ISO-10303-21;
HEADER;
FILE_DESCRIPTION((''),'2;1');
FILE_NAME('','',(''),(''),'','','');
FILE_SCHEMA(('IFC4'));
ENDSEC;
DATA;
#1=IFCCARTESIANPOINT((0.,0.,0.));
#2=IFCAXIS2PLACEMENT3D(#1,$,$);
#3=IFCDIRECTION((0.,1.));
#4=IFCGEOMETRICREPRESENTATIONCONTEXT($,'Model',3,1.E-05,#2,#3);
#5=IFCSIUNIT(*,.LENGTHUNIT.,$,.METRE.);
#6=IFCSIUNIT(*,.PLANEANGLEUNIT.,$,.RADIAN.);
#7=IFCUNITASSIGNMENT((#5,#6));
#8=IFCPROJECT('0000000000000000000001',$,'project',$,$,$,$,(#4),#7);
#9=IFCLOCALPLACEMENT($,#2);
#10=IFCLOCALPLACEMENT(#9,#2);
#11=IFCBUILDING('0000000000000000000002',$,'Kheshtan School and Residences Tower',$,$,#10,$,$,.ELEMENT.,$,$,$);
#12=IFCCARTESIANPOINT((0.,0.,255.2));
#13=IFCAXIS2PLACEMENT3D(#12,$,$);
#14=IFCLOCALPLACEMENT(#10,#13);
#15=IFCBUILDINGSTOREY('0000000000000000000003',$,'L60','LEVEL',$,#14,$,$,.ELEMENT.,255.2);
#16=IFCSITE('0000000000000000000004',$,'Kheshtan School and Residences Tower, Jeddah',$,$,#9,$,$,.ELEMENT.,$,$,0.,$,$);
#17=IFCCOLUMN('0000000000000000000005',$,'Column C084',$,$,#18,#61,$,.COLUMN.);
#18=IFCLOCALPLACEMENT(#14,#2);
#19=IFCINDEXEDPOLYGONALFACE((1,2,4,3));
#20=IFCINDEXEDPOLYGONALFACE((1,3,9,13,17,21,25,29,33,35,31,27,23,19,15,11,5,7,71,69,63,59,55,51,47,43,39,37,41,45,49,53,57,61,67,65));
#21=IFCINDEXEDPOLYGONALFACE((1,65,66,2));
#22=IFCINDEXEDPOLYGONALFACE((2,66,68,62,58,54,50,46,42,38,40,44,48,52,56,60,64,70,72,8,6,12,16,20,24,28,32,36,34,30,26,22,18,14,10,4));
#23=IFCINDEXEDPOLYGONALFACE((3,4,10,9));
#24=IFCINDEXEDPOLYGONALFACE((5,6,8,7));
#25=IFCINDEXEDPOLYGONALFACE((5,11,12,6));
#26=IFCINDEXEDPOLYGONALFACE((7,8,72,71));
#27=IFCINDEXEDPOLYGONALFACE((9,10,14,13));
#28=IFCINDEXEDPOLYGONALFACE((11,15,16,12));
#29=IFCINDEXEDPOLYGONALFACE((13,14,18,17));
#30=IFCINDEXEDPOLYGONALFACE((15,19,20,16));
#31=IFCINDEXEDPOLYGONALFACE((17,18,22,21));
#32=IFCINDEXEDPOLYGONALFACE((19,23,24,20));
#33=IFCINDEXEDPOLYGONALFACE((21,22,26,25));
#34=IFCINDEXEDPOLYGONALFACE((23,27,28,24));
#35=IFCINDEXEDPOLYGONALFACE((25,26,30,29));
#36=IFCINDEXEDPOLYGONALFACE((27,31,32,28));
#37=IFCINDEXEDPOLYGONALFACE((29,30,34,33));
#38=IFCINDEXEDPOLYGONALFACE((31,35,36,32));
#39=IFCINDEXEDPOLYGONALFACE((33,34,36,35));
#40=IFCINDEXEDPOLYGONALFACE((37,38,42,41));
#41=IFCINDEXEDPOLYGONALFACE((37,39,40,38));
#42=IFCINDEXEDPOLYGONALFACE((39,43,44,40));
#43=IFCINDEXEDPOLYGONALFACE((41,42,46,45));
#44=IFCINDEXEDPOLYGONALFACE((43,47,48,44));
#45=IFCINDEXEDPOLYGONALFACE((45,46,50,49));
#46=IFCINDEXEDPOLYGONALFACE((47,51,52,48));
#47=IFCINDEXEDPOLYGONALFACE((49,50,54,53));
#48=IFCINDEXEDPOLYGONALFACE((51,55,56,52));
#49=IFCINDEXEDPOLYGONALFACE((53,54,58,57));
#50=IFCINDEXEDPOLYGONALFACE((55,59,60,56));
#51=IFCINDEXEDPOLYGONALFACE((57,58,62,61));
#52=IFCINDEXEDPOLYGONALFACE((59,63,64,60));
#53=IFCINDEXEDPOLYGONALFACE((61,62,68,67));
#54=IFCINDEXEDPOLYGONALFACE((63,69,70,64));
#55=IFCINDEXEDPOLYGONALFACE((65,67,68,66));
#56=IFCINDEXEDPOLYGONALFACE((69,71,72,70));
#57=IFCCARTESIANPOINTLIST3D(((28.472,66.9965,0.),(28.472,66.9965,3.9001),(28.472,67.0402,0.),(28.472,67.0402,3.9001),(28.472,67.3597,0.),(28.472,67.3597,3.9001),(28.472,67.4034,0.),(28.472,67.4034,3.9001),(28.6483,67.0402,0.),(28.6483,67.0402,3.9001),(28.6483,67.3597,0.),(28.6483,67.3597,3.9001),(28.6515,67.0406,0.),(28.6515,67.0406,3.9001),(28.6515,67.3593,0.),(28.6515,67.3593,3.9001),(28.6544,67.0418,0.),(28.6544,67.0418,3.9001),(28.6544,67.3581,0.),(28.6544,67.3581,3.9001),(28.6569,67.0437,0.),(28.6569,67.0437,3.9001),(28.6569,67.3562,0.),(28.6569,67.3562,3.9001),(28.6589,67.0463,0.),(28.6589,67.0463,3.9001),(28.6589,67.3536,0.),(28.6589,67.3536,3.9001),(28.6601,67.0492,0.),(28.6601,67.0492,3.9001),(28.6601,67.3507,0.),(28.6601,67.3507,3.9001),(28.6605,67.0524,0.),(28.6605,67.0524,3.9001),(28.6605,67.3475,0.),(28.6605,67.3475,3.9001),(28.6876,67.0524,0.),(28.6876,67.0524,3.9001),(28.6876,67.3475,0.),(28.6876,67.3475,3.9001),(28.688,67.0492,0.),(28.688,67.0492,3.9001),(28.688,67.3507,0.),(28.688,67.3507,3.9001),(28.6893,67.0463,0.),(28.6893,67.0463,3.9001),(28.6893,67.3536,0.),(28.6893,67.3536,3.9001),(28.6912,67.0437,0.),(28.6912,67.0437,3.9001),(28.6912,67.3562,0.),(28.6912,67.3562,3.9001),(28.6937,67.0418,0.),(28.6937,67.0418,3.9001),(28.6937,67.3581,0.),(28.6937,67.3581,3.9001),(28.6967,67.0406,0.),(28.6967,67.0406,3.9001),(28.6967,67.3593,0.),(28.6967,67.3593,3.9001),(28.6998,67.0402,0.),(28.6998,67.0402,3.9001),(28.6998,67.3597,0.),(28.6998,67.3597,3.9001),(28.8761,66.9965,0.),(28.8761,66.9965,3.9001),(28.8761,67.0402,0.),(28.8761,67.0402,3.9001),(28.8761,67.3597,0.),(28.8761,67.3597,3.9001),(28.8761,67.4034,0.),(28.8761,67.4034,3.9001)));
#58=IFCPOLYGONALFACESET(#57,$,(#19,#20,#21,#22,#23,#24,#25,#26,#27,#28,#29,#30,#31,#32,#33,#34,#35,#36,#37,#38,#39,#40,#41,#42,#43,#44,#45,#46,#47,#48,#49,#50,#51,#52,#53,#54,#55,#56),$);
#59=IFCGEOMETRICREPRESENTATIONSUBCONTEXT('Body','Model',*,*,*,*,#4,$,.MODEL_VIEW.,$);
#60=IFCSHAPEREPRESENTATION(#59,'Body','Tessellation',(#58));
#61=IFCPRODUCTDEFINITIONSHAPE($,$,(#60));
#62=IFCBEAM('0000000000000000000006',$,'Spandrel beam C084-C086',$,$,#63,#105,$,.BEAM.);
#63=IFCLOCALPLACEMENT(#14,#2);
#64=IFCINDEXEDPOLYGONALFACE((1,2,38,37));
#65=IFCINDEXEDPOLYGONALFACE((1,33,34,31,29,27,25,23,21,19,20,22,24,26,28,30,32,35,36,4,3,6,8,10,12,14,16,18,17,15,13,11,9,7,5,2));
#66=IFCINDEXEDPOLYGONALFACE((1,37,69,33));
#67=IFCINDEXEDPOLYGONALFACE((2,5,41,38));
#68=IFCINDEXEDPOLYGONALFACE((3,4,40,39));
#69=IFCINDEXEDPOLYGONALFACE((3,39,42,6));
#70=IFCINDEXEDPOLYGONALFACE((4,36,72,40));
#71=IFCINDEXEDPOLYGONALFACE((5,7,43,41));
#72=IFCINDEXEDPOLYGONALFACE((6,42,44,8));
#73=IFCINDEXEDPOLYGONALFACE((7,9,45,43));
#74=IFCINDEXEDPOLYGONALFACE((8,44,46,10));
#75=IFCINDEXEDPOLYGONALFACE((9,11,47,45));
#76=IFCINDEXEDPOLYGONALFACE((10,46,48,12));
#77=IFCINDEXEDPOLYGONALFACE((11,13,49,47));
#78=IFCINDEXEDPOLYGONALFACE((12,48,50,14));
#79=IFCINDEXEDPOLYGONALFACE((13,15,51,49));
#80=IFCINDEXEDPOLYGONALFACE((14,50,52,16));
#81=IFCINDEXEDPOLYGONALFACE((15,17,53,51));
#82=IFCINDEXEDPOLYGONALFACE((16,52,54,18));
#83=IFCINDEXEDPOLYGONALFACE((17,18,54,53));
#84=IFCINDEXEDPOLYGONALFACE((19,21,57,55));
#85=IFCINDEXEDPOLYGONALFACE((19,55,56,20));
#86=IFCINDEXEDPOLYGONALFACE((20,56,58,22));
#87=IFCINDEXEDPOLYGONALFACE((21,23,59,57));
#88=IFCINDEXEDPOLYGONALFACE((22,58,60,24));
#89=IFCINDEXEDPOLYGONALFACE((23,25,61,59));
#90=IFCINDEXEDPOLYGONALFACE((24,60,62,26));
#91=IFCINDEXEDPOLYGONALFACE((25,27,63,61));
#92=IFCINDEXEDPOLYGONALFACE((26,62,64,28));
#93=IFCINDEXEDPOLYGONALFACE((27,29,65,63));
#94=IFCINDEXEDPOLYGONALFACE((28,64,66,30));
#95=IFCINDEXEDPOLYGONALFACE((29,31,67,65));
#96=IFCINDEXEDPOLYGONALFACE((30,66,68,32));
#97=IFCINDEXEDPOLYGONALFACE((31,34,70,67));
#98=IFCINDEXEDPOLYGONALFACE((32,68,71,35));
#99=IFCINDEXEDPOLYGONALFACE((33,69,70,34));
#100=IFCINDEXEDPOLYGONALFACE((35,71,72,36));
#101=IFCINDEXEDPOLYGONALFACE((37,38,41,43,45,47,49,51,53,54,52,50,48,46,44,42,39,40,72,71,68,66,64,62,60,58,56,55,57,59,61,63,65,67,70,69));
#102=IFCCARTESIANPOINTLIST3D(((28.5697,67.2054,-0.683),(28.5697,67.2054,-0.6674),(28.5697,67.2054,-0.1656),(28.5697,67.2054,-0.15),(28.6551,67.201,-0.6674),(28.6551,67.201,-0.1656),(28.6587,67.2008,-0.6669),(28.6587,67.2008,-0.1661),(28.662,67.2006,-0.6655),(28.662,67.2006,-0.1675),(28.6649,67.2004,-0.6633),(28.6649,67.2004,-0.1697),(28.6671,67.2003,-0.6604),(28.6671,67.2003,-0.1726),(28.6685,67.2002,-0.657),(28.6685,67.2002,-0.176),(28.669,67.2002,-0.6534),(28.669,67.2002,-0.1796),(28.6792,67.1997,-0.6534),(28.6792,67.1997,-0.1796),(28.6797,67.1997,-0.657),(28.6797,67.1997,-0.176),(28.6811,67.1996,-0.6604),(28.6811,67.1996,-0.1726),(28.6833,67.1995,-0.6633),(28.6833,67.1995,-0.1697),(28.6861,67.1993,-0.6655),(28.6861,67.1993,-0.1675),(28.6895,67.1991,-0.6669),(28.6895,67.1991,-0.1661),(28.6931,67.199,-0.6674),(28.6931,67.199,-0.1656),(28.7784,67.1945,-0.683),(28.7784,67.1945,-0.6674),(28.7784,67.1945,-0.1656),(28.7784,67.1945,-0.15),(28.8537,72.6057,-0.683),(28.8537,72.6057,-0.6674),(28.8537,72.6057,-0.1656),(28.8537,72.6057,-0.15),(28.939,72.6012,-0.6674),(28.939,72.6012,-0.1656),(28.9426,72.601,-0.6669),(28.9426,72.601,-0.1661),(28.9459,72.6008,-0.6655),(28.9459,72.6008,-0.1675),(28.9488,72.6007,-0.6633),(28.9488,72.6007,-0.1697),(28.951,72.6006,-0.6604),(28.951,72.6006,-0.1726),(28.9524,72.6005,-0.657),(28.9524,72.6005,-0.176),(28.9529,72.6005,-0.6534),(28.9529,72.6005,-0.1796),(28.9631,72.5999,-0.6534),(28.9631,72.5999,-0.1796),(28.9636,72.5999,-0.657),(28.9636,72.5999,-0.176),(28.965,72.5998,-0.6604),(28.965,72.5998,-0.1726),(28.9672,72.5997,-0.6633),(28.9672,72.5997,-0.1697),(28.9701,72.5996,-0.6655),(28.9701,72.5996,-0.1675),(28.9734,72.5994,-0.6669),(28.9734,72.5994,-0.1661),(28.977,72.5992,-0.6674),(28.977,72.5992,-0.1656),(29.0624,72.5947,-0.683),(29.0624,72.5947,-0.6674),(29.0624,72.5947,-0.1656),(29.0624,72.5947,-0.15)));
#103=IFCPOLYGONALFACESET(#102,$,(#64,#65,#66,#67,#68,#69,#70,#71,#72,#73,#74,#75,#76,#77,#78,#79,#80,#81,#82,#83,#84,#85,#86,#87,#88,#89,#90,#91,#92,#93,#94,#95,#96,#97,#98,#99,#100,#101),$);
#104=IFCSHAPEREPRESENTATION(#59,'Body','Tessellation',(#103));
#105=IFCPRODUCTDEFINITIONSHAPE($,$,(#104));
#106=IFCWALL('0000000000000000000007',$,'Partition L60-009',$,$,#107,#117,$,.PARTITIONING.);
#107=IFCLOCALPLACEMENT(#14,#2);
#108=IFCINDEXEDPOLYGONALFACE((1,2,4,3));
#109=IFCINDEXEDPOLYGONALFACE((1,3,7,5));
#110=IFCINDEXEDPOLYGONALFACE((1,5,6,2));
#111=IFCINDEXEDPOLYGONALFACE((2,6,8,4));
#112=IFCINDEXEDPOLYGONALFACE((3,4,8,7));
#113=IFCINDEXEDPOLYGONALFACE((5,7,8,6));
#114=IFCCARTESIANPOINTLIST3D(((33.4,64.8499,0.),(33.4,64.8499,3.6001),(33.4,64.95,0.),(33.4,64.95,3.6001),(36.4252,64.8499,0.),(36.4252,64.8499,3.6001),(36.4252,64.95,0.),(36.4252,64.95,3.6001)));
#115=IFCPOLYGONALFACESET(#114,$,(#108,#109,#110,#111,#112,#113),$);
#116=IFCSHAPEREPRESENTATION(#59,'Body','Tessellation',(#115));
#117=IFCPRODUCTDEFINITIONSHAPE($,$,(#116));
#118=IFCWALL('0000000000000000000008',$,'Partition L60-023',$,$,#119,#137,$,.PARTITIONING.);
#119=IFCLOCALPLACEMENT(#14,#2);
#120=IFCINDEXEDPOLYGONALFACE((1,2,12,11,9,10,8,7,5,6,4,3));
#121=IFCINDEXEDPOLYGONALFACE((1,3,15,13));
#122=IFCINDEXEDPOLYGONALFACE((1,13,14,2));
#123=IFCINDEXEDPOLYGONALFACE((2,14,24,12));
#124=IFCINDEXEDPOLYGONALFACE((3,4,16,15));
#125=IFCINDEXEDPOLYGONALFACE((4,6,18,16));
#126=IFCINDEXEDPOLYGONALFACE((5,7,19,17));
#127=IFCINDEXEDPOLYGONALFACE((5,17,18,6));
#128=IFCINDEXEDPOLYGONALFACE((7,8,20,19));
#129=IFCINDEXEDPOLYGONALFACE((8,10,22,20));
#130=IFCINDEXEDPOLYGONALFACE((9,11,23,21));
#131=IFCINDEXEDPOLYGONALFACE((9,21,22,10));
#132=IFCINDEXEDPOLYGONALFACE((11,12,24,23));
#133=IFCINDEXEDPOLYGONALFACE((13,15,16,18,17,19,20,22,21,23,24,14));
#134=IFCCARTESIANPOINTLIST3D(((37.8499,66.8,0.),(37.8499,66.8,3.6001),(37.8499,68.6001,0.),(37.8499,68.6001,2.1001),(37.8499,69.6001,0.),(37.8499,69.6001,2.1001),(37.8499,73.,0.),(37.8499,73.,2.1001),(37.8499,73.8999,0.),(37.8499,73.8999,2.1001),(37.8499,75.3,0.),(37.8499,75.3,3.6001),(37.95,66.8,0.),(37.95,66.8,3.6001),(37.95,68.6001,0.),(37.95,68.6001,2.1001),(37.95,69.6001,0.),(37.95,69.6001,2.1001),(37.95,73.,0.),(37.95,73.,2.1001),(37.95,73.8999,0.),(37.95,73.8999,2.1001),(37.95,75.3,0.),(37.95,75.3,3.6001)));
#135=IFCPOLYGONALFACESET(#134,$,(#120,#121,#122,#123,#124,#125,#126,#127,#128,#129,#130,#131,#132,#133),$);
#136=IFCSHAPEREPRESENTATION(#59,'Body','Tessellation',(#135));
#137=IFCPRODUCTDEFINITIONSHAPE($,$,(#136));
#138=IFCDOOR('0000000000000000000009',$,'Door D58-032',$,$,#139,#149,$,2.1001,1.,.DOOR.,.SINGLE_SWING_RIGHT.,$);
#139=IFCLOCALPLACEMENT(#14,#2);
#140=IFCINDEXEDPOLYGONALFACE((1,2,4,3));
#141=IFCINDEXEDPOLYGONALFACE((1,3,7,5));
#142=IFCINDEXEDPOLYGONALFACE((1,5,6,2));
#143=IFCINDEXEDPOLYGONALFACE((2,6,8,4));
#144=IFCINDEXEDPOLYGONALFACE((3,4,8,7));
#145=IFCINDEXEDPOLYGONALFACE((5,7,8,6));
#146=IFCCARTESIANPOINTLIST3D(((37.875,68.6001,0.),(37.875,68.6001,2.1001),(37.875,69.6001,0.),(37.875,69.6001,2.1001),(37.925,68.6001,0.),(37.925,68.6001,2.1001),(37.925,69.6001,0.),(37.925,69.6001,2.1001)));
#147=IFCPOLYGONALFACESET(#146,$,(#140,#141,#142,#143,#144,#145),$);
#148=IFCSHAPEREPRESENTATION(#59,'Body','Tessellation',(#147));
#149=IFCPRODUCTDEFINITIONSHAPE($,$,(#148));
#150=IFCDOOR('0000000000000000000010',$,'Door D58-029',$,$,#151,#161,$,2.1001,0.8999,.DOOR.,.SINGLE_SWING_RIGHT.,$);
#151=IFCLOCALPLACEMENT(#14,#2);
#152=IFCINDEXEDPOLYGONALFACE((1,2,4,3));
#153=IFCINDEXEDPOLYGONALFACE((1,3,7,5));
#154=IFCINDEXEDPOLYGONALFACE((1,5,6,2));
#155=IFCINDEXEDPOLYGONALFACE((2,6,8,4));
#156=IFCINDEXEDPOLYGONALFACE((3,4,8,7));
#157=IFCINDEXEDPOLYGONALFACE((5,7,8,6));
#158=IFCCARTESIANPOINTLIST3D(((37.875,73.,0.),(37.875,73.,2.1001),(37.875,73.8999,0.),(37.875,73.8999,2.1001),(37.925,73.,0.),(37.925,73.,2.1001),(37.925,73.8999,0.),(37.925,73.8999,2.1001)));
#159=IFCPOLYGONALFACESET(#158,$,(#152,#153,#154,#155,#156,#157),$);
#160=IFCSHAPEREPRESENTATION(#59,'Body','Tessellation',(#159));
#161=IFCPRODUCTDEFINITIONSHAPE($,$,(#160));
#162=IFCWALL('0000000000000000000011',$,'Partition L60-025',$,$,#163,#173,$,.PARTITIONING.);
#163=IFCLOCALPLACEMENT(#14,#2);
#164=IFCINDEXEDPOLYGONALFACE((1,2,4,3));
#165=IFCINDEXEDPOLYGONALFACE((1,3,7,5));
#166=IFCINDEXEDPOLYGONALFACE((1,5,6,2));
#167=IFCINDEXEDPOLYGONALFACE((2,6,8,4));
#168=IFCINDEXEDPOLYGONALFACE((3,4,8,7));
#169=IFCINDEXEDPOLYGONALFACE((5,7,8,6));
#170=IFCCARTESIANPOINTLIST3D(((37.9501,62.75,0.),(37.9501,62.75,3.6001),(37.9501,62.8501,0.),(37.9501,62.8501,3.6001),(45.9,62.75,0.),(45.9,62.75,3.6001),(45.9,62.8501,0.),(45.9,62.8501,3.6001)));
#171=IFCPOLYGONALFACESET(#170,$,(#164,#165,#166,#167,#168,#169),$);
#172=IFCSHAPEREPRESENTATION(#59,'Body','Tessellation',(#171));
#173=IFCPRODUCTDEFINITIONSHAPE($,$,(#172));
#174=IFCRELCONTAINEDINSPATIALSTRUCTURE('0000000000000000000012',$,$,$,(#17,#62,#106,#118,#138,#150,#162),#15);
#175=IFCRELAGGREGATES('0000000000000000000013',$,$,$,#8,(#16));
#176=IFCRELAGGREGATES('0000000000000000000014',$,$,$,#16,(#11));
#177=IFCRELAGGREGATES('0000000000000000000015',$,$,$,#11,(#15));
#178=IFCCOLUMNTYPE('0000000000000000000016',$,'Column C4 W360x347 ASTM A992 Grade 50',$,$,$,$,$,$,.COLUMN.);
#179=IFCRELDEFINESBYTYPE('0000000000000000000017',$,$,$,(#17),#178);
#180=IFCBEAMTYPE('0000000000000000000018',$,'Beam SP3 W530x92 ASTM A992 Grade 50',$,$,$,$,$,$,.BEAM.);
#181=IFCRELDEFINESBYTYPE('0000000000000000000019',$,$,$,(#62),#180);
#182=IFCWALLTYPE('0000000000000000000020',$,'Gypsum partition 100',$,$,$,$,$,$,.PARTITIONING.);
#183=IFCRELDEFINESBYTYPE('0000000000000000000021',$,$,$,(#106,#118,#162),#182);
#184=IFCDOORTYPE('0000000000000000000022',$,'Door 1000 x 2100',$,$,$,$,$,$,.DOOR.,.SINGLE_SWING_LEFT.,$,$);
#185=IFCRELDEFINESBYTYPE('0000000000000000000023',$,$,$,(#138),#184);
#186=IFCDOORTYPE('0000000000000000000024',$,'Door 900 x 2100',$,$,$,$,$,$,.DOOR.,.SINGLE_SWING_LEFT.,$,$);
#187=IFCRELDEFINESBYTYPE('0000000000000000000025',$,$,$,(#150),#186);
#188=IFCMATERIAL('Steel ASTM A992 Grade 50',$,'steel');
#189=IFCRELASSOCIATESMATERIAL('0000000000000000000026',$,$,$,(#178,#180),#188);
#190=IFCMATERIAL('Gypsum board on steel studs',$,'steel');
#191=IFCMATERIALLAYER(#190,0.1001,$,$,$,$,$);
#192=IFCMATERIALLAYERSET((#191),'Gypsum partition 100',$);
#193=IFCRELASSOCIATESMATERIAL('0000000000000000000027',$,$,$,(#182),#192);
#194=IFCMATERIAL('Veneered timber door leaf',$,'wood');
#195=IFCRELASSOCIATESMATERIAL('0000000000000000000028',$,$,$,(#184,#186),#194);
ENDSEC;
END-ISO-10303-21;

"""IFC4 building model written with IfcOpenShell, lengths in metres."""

from ifc_helpers import new_model, si_unit, direction, frame, frame_2d, origin, origin_2d, place, context, subcontext, project, spatial, rectangle, i_section, extrude, source, transform, mapped, material, layer, layer_set, material_profile, profile_set, type_object, element, fill, save


model = new_model("IFC4")

# Units and contexts
model_context = context("Model", 3, precision=1e-05, world=origin(), true_north=direction((0.0, 1.0)))
body_context = subcontext(model_context, "Body", "Model", "MODEL_VIEW")
ifc_project = project(units=[si_unit("LENGTHUNIT", "METRE"), si_unit("PLANEANGLEUNIT", "RADIAN")], contexts=[model_context])

# Site, building, storey
site_placement = place(None, origin())
site = spatial("IfcSite", under=ifc_project, at=site_placement, Name="Kheshtan School and Residences Tower, Jeddah", CompositionType="ELEMENT", RefElevation=0.0)
building_placement = place(site_placement, origin())
building = spatial("IfcBuilding", under=site, at=building_placement, Name="Kheshtan School and Residences Tower", CompositionType="ELEMENT")
storey_placement = place(building_placement, frame((0.0, 0.0, 255.2)))
storey = spatial("IfcBuildingStorey", under=building, at=storey_placement, Name="L60", Description="LEVEL", CompositionType="ELEMENT", Elevation=255.2)

# Column
ifc_material_1 = material(Name="Steel ASTM A992 Grade 50", Category="steel")
ifc_material_profile_1 = material_profile(ifc_material_1, i_section(OverallWidth=0.4041, OverallDepth=0.407, WebThickness=0.0271, FlangeThickness=0.0437, FilletRadius=0.0122, at=origin_2d()), Name="W360x347")
ifc_profile_set_1 = profile_set([ifc_material_profile_1], Name="Steel ASTM A992 Grade 50")
column_type = type_object("IfcColumnType", Name="Column C4 W360x347 ASTM A992 Grade 50", PredefinedType="COLUMN", material=ifc_profile_set_1)
column_placement = place(storey_placement, frame((28.6741, 67.2, 0.0), z_axis=(0.0, 0.0, 1.0), x_axis=(1.0, 0.0, 0.0)))
element("IfcColumn", 1, at=column_placement, inside=storey, type_object=column_type, Name="Column C084", PredefinedType="COLUMN", context=body_context, shape_type="SweptSolid", body=[
    extrude(i_section(OverallWidth=0.4041, OverallDepth=0.407, WebThickness=0.0271, FlangeThickness=0.0437, FilletRadius=0.0122, at=origin_2d()), origin(), (0.0, 0.0, 1.0), 3.9001),
])

# Beam
ifc_material_profile_2 = material_profile(ifc_material_1, i_section(OverallWidth=0.209, OverallDepth=0.533, WebThickness=0.0103, FlangeThickness=0.0156, FilletRadius=0.0139, at=origin_2d()), Name="W530x92")
ifc_profile_set_2 = profile_set([ifc_material_profile_2], Name="Steel ASTM A992 Grade 50")
beam_type = type_object("IfcBeamType", Name="Beam SP3 W530x92 ASTM A992 Grade 50", PredefinedType="BEAM", material=ifc_profile_set_2)
beam_placement = place(storey_placement, frame((28.6741, 67.2, -0.4165), z_axis=(0.052507, 0.998621, 0.0), x_axis=(-0.998621, 0.052507, 0.0)))
element("IfcBeam", 2, at=beam_placement, inside=storey, type_object=beam_type, Name="Spandrel beam C084-C086", PredefinedType="BEAM", context=body_context, shape_type="SweptSolid", body=[
    extrude(i_section(OverallWidth=0.209, OverallDepth=0.533, WebThickness=0.0103, FlangeThickness=0.0156, FilletRadius=0.0139, at=origin_2d()), origin(), (0.0, 0.0, 1.0), 5.4077),
])

# Wall
ifc_material_2 = material(Name="Gypsum board on steel studs", Category="steel")
ifc_layer_1 = layer(ifc_material_2, 0.1001)
ifc_layer_set_1 = layer_set([ifc_layer_1], Name="Gypsum partition 100")
wall_type_1 = type_object("IfcWallType", Name="Gypsum partition 100", PredefinedType="PARTITIONING", material=ifc_layer_set_1)
wall_1_placement = place(storey_placement, frame((33.3999, 64.8999, 0.0), z_axis=(0.0, 0.0, 1.0), x_axis=(1.0, 0.0, 0.0)))
element("IfcWall", 3, at=wall_1_placement, inside=storey, type_object=wall_type_1, Name="Partition L60-009", PredefinedType="PARTITIONING", context=body_context, shape_type="SweptSolid", body=[
    extrude(rectangle(XDim=3.0251, YDim=0.1001, at=frame_2d((1.5127, 0.0))), origin(), (0.0, 0.0, 1.0), 3.6001),
])

# Wall, openings, doors
wall_2_placement = place(storey_placement, frame((37.8999, 66.8, 0.0), z_axis=(0.0, 0.0, 1.0), x_axis=(0.0, 1.0, 0.0)))
wall_2 = element("IfcWall", 4, at=wall_2_placement, inside=storey, type_object=wall_type_1, Name="Partition L60-023", PredefinedType="PARTITIONING", context=body_context, shape_type="SweptSolid", body=[
    extrude(rectangle(XDim=8.5, YDim=0.1001, at=frame_2d((4.25, 0.0))), origin(), (0.0, 0.0, 1.0), 3.6001),
])
opening_1_placement = place(wall_2_placement, frame((6.2, 0.0, 0.0)))
opening_1 = element("IfcOpeningElement", 5, at=opening_1_placement, cuts=wall_2, PredefinedType="OPENING", context=body_context, shape_type="SweptSolid", body=[
    extrude(rectangle(XDim=0.8999, YDim=2.1001, at=frame_2d((0.45, 1.05))), frame((0.0, 0.0601, 0.0), z_axis=(0.0, -1.0, 0.0), x_axis=(1.0, 0.0, 0.0)), (0.0, 0.0, 1.0), 0.1201),
])
opening_2_placement = place(wall_2_placement, frame((1.8, 0.0, 0.0)))
opening_2 = element("IfcOpeningElement", 6, at=opening_2_placement, cuts=wall_2, PredefinedType="OPENING", context=body_context, shape_type="SweptSolid", body=[
    extrude(rectangle(XDim=1.0, YDim=2.1001, at=frame_2d((0.5, 1.05))), frame((0.0, 0.0601, 0.0), z_axis=(0.0, -1.0, 0.0), x_axis=(1.0, 0.0, 0.0)), (0.0, 0.0, 1.0), 0.1201),
])
ifc_material_3 = material(Name="Veneered timber door leaf", Category="wood")
door_type_1 = type_object("IfcDoorType", Name="Door 1000 x 2100", OperationType="SINGLE_SWING_LEFT", PredefinedType="DOOR", material=ifc_material_3)
shared_shape_1 = source(origin(), body_context, "Body", "SweptSolid", [
    extrude(rectangle(XDim=1.0, YDim=2.1001, at=frame_2d((0.5, 1.05))), frame((0.0, 0.0249, 0.0), z_axis=(0.0, -1.0, 0.0), x_axis=(1.0, 0.0, 0.0)), (0.0, 0.0, 1.0), 0.05),
])
door_1_placement = place(opening_2_placement, origin())
door_1 = element("IfcDoor", 7, at=door_1_placement, inside=storey, type_object=door_type_1, Name="Door D58-032", OperationType="SINGLE_SWING_RIGHT", OverallHeight=2.1001, OverallWidth=1.0, PredefinedType="DOOR", context=body_context, shape_type="MappedRepresentation", body=[
    mapped(shared_shape_1, transform((0.0, 0.0, 0.0), x_axis=(1.0, 0.0, 0.0), y_axis=(0.0, 1.0, 0.0), z_axis=(0.0, 0.0, 1.0), scale=1.0)),
])
fill(opening_2, door_1)
door_type_2 = type_object("IfcDoorType", Name="Door 900 x 2100", OperationType="SINGLE_SWING_LEFT", PredefinedType="DOOR", material=ifc_material_3)
shared_shape_2 = source(origin(), body_context, "Body", "SweptSolid", [
    extrude(rectangle(XDim=0.8999, YDim=2.1001, at=frame_2d((0.45, 1.05))), frame((0.0, 0.0249, 0.0), z_axis=(0.0, -1.0, 0.0), x_axis=(1.0, 0.0, 0.0)), (0.0, 0.0, 1.0), 0.05),
])
door_2_placement = place(opening_1_placement, origin())
door_2 = element("IfcDoor", 8, at=door_2_placement, inside=storey, type_object=door_type_2, Name="Door D58-029", OperationType="SINGLE_SWING_RIGHT", OverallHeight=2.1001, OverallWidth=0.8999, PredefinedType="DOOR", context=body_context, shape_type="MappedRepresentation", body=[
    mapped(shared_shape_2, transform((0.0, 0.0, 0.0), x_axis=(1.0, 0.0, 0.0), y_axis=(0.0, 1.0, 0.0), z_axis=(0.0, 0.0, 1.0), scale=1.0)),
])
fill(opening_1, door_2)

# Wall
for number, where, z_axis, x_axis, name in (
    (9, (37.95, 62.8, 0.0), (0.0, 0.0, 1.0), (1.0, 0.0, 0.0), "Partition L60-025"),
):
    element("IfcWall", number, at=place(storey_placement, frame(where, z_axis=z_axis, x_axis=x_axis)), inside=storey, type_object=wall_type_1, Name=name, PredefinedType="PARTITIONING", context=body_context, shape_type="SweptSolid", body=[
        extrude(rectangle(XDim=7.95, YDim=0.1001, at=frame_2d((3.9751, 0.0))), origin(), (0.0, 0.0, 1.0), 3.6001),
    ])

save(model, "model.ifc")
